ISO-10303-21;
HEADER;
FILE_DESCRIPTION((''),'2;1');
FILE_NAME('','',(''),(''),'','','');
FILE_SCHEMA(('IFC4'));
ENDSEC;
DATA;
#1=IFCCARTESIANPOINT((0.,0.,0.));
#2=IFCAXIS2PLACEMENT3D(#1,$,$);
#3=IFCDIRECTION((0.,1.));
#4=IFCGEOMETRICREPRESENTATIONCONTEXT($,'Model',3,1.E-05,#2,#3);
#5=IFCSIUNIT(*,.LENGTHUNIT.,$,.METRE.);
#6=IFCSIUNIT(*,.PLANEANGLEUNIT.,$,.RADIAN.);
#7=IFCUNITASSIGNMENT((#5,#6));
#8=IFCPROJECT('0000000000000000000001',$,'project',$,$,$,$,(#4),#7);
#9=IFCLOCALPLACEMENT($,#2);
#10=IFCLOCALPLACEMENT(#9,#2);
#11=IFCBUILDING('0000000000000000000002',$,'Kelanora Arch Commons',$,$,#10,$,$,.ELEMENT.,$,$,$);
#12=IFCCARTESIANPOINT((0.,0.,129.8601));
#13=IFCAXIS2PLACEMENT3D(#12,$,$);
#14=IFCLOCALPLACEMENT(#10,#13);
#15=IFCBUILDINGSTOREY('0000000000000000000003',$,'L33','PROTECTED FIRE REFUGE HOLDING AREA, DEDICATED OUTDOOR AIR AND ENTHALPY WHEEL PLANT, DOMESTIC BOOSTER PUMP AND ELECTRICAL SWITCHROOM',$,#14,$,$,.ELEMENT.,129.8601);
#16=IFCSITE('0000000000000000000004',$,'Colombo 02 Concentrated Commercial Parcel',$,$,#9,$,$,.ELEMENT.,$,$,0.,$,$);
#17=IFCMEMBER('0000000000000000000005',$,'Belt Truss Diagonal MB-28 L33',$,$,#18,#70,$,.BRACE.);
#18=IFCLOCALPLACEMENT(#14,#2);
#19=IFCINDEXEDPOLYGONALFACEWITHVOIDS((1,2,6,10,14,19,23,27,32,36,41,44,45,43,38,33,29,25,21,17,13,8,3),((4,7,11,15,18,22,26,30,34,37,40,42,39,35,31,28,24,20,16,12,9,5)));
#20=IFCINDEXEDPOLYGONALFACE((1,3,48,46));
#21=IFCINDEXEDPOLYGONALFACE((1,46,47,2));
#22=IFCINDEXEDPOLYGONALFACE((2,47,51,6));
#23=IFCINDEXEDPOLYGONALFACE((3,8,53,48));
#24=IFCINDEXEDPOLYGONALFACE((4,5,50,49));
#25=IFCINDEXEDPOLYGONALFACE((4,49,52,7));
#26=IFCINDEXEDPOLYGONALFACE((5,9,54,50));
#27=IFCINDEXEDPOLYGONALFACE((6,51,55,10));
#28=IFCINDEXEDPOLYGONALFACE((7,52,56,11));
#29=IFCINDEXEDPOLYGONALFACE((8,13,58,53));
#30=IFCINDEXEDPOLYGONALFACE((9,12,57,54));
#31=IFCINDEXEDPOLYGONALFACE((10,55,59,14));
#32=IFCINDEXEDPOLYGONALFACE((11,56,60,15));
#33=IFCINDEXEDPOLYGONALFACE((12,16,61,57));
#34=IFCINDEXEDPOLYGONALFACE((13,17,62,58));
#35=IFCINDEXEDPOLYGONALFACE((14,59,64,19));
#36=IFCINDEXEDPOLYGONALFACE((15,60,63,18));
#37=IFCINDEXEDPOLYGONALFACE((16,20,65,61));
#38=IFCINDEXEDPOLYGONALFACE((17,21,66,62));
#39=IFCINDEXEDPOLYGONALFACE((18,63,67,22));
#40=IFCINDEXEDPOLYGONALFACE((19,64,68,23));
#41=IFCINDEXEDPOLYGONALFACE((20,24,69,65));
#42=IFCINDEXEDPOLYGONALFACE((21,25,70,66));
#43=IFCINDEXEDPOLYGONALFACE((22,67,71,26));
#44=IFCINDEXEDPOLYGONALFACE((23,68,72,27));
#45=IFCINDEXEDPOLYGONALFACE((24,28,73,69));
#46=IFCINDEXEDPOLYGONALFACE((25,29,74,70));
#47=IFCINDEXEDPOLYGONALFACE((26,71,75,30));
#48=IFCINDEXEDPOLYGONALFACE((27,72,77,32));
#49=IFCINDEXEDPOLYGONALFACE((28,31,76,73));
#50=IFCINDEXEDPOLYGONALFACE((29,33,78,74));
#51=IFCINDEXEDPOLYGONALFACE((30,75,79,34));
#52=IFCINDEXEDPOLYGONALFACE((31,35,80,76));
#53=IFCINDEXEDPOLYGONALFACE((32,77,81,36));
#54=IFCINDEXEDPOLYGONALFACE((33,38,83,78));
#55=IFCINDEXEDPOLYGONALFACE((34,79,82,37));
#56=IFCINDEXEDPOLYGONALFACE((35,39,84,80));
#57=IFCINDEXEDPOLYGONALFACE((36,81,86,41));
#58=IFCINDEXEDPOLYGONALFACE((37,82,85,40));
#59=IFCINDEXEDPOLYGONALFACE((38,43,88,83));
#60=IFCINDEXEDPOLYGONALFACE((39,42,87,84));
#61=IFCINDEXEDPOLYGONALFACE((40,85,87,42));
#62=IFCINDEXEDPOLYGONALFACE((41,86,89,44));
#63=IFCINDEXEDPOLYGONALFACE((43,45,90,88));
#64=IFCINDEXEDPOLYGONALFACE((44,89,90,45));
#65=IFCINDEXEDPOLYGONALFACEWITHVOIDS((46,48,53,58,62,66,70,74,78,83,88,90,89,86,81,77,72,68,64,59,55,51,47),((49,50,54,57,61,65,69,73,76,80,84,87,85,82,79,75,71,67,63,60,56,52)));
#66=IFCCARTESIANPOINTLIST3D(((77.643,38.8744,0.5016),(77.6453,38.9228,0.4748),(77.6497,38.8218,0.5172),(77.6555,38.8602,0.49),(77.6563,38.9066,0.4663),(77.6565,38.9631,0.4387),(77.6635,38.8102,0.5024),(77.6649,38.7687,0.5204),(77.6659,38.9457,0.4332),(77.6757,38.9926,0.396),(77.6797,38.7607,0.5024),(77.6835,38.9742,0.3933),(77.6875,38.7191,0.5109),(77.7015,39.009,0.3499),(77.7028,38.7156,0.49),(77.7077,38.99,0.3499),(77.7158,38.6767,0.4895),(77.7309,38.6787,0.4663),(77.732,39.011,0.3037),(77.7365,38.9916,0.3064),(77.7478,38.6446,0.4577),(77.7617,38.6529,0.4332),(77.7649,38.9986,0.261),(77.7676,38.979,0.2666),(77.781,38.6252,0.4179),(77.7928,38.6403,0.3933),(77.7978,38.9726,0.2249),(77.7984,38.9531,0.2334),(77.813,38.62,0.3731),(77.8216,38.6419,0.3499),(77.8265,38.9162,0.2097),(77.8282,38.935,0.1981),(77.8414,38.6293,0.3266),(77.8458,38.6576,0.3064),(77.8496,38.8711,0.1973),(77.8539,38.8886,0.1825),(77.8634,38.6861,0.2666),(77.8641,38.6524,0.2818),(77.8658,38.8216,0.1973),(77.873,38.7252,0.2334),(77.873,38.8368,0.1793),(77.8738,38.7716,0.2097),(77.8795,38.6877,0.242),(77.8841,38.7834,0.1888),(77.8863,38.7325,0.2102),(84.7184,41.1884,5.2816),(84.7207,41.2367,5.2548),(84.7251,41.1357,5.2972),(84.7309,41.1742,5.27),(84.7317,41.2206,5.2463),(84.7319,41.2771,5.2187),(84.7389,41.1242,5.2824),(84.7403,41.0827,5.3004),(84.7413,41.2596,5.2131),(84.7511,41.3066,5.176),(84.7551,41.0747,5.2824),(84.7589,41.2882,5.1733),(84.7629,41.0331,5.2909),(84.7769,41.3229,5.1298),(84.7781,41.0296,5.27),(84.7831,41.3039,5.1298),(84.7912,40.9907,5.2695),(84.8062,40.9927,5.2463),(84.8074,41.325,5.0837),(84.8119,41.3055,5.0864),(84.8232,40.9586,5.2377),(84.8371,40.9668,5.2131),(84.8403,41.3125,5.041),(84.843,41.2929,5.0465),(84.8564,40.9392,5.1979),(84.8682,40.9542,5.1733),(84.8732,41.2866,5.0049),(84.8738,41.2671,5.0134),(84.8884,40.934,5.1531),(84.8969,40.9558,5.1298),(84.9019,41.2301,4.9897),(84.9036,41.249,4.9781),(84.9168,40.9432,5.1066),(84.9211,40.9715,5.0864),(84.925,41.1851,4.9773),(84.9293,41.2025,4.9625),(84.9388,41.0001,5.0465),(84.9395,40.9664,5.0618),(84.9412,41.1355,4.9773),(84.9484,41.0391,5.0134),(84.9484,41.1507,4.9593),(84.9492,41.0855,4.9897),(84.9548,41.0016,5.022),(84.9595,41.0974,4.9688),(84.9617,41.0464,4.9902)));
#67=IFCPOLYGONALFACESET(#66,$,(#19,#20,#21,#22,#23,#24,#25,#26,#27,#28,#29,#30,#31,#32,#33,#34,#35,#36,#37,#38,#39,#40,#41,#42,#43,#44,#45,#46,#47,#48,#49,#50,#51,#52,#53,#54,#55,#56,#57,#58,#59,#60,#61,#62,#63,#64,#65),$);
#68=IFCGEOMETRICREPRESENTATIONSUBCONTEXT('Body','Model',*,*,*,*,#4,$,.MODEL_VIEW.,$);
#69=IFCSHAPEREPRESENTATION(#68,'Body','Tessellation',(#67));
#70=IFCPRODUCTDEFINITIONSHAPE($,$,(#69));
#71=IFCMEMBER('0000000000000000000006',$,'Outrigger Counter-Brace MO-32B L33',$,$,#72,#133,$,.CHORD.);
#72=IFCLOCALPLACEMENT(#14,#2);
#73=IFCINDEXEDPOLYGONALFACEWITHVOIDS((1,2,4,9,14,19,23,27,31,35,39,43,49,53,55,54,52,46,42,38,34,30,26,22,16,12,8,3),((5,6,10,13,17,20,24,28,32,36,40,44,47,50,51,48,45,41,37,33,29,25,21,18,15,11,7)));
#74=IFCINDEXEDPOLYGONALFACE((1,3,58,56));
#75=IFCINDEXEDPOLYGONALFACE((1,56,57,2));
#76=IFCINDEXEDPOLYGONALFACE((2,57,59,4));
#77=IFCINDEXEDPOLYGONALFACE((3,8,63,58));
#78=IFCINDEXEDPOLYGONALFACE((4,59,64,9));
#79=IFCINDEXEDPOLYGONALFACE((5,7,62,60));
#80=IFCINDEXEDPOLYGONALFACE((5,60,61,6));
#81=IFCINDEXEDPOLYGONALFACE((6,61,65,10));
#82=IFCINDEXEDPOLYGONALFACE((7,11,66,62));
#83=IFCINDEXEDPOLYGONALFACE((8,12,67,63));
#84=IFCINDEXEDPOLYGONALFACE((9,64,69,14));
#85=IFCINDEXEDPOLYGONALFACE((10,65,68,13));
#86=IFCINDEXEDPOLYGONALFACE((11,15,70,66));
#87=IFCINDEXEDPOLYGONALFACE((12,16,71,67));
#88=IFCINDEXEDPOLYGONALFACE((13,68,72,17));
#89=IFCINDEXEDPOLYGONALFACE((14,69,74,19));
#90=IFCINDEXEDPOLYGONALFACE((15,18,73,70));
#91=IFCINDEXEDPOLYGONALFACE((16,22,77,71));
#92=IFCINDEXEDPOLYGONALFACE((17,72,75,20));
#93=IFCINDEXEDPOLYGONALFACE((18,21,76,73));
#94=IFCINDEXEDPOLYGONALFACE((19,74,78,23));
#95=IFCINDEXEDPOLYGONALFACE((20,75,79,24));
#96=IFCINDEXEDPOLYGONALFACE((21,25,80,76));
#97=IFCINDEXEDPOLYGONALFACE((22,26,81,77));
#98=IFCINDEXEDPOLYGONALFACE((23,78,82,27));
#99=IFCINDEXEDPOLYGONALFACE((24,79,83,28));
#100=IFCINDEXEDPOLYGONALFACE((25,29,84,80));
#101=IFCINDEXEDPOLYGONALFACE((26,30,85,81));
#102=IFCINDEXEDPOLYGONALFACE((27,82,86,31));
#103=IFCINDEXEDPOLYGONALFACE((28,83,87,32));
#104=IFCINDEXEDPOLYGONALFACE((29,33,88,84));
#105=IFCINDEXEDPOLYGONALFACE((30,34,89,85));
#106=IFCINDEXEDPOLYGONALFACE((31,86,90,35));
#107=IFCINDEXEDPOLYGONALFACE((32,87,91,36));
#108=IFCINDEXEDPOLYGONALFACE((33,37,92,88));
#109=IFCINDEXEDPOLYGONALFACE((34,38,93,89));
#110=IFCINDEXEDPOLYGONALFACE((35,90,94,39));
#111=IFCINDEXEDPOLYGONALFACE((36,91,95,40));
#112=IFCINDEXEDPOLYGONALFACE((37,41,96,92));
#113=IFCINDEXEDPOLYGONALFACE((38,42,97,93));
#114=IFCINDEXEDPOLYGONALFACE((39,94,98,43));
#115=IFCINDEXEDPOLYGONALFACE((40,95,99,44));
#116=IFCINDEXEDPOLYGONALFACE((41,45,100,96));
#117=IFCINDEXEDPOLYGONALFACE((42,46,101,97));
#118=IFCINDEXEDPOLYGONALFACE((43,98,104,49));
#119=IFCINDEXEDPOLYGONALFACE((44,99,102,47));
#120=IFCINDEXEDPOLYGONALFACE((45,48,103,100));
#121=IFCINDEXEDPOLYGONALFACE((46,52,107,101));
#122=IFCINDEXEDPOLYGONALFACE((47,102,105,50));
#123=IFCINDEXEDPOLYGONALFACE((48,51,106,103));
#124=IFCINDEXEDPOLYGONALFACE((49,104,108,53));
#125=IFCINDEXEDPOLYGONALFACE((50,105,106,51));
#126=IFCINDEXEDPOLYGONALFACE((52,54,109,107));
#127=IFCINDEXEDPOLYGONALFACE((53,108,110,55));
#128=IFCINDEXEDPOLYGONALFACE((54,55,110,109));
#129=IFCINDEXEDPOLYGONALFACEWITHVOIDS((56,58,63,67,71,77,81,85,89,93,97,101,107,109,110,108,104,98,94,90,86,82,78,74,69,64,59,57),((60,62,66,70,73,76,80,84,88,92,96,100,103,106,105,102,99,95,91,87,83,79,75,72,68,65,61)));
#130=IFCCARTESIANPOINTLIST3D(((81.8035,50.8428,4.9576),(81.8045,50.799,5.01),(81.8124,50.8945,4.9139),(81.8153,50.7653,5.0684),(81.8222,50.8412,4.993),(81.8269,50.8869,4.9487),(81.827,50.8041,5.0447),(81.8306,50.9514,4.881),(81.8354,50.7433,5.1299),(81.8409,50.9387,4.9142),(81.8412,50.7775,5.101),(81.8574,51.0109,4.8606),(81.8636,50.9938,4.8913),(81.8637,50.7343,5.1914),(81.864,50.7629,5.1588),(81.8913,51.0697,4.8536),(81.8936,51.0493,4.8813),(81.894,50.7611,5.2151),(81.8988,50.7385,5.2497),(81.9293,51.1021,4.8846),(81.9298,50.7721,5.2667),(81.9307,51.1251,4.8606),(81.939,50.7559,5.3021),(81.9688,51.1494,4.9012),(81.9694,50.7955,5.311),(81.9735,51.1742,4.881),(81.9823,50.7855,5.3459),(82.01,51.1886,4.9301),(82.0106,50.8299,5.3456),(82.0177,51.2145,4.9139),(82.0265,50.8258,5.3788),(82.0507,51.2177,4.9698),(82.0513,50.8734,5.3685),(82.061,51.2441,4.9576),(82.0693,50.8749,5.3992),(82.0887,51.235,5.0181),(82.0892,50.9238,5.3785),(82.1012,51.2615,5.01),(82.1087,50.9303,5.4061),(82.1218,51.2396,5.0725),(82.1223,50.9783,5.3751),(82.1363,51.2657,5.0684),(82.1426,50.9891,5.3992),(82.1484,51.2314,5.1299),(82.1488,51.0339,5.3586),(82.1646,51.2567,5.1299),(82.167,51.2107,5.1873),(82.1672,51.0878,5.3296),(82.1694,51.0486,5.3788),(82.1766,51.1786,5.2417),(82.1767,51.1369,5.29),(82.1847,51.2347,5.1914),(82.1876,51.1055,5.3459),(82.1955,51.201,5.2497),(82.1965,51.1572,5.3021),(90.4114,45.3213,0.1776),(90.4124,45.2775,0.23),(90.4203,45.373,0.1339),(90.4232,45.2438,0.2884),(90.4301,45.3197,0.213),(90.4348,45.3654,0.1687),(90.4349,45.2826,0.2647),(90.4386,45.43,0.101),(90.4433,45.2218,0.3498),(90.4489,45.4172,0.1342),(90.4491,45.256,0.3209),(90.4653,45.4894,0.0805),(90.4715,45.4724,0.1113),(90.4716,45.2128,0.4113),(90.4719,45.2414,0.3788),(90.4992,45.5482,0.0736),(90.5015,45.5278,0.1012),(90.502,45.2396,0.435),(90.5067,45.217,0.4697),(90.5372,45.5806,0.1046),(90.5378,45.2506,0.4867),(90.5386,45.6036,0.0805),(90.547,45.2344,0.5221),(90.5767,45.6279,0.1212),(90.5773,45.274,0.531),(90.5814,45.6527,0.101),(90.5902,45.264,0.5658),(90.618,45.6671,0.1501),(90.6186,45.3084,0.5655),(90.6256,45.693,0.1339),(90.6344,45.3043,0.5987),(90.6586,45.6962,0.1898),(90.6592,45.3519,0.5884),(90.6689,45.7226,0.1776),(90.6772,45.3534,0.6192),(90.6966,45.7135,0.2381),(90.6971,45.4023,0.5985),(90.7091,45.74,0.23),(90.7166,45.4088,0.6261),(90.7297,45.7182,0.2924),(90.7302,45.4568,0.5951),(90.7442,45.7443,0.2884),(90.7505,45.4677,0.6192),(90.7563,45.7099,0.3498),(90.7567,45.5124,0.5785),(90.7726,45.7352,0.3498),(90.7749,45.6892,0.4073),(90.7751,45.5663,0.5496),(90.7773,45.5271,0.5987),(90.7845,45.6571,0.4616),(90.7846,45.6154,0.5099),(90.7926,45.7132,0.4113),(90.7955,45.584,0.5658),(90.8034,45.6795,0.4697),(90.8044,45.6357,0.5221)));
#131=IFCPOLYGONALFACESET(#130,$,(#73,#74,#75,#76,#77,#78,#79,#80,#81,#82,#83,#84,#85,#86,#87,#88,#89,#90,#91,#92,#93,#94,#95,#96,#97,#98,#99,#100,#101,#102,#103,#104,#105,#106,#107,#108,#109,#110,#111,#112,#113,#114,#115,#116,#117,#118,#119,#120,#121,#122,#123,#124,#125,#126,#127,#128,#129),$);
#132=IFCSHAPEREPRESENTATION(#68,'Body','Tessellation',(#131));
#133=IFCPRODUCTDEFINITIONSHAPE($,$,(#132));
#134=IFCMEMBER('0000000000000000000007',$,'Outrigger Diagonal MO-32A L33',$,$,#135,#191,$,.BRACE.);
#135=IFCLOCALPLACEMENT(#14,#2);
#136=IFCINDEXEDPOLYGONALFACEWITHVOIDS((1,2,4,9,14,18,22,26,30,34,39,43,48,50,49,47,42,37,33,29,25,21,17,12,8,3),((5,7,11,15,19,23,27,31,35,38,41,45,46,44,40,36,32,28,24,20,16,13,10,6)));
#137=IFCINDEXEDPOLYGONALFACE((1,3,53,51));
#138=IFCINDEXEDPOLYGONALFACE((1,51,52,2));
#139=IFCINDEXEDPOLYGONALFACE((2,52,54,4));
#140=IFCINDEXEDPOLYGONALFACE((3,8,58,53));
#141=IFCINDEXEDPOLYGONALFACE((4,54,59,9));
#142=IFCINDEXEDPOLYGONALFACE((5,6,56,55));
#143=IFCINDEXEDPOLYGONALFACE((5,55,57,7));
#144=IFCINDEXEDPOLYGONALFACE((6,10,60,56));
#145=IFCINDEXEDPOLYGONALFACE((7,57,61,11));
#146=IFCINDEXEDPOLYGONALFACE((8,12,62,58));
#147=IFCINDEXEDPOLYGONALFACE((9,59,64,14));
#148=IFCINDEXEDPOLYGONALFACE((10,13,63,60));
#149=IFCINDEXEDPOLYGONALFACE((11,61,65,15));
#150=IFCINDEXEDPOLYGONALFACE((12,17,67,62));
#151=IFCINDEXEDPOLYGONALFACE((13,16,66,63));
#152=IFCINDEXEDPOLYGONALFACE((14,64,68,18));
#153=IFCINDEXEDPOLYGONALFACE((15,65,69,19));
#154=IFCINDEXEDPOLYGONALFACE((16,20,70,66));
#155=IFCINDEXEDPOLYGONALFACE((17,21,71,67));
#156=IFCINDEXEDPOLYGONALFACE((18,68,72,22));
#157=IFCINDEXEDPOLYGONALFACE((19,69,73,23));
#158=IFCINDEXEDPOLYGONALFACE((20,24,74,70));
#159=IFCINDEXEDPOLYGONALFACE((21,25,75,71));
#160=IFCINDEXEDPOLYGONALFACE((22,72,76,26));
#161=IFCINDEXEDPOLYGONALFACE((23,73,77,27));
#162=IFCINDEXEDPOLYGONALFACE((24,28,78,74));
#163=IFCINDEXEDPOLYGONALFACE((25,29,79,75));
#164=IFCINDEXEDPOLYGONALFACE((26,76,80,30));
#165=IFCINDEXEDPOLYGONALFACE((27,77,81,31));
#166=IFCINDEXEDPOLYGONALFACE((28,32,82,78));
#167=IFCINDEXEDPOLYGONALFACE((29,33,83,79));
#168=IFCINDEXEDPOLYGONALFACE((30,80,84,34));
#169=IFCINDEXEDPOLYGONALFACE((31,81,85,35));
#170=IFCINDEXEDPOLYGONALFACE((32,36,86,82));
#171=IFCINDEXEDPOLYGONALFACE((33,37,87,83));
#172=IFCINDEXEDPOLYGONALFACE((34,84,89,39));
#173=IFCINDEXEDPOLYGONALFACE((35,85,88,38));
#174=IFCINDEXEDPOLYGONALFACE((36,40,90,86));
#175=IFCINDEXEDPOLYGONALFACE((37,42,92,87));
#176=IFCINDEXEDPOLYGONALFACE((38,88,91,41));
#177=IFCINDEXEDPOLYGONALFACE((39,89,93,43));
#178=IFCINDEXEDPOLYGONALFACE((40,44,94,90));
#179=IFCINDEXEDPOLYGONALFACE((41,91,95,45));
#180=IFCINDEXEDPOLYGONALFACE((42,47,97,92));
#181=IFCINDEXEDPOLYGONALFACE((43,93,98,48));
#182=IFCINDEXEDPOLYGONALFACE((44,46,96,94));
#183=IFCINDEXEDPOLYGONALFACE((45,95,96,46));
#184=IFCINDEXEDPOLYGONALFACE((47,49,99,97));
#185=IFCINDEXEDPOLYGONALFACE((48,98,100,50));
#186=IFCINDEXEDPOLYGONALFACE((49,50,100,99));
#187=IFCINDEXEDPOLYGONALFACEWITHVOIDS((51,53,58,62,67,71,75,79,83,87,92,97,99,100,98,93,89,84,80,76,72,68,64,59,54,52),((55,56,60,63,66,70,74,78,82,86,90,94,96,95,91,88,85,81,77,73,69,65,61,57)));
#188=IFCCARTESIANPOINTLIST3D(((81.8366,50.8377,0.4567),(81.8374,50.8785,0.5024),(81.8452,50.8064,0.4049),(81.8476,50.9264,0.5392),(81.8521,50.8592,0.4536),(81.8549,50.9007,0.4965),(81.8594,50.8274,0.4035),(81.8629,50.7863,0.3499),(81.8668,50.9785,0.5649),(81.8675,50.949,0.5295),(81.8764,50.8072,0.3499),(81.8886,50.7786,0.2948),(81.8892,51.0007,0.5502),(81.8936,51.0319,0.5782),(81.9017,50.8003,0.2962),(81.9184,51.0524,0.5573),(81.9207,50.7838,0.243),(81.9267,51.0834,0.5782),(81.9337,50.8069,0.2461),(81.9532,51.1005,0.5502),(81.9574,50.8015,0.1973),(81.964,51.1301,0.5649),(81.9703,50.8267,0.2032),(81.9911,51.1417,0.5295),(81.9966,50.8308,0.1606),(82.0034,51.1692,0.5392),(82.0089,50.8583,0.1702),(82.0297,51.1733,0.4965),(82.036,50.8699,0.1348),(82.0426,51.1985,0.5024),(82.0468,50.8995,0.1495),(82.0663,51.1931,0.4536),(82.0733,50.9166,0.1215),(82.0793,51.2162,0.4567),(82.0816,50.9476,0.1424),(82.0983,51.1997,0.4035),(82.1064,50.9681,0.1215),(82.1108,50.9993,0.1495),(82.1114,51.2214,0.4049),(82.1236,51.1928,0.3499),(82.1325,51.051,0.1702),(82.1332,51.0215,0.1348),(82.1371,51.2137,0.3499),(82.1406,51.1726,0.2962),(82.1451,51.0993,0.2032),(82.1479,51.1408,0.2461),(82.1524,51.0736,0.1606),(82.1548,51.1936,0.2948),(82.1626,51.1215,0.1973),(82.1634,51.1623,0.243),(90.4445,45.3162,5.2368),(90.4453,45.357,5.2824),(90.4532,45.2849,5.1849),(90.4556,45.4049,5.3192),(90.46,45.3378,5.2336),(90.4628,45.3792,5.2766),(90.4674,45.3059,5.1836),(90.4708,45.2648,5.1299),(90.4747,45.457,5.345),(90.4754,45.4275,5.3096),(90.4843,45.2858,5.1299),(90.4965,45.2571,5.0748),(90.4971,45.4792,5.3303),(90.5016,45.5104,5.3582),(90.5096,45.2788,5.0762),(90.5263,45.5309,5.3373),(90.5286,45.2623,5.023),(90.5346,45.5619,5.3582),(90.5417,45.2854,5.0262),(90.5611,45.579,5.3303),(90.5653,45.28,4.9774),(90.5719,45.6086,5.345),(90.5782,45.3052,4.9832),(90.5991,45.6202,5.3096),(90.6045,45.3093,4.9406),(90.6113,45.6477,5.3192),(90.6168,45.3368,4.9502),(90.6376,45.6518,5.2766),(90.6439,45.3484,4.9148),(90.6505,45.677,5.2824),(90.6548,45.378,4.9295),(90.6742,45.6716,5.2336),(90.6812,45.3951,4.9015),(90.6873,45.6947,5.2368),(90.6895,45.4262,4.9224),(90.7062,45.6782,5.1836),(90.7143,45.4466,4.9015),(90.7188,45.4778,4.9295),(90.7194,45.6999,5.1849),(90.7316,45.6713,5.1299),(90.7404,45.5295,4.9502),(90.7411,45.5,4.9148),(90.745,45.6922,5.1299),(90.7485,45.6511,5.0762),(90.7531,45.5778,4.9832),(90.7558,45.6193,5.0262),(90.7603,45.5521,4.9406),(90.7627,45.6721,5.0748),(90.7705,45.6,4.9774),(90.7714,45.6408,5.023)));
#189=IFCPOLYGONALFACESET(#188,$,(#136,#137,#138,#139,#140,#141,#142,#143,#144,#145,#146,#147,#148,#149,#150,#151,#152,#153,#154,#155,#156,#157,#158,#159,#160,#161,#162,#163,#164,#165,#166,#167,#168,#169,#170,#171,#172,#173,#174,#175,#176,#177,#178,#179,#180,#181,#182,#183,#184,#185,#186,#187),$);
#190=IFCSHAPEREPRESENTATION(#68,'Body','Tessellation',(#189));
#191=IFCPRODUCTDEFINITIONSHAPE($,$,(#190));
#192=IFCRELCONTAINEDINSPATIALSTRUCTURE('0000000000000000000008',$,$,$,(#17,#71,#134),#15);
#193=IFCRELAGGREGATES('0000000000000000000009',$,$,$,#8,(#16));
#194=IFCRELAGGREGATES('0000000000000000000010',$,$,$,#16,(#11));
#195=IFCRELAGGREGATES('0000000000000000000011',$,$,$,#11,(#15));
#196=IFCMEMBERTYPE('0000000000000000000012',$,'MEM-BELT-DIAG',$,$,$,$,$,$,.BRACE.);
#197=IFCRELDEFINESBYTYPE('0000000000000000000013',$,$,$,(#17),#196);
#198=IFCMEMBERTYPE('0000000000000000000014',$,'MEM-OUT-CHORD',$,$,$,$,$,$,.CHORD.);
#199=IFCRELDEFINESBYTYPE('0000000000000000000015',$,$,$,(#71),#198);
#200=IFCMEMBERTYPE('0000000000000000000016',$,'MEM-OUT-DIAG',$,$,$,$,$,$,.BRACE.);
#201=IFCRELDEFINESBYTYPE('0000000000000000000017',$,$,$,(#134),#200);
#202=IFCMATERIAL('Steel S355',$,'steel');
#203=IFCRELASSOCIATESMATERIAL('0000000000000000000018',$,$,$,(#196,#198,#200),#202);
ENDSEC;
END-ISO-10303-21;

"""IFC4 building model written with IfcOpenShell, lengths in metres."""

from ifc_helpers import new_model, si_unit, direction, frame, origin, origin_2d, place, context, subcontext, project, spatial, hollow_circle, extrude, material, material_profile, profile_set, type_object, element, save


model = new_model("IFC4")

# Units and contexts
model_context = context("Model", 3, precision=1e-05, world=origin(), true_north=direction((0.0, 1.0)))
body_context = subcontext(model_context, "Body", "Model", "MODEL_VIEW")
ifc_project = project(units=[si_unit("LENGTHUNIT", "METRE"), si_unit("PLANEANGLEUNIT", "RADIAN")], contexts=[model_context])

# Site, building, storey
site_placement = place(None, origin())
site = spatial("IfcSite", under=ifc_project, at=site_placement, Name="Colombo 02 Concentrated Commercial Parcel", CompositionType="ELEMENT", RefElevation=0.0)
building_placement = place(site_placement, origin())
building = spatial("IfcBuilding", under=site, at=building_placement, Name="Kelanora Arch Commons", CompositionType="ELEMENT")
storey_placement = place(building_placement, frame((0.0, 0.0, 129.8601)))
storey = spatial("IfcBuildingStorey", under=building, at=storey_placement, Name="L33", Description="PROTECTED FIRE REFUGE HOLDING AREA, DEDICATED OUTDOOR AIR AND ENTHALPY WHEEL PLANT, DOMESTIC BOOSTER PUMP AND ELECTRICAL SWITCHROOM", CompositionType="ELEMENT", Elevation=129.8601)

# Shared definitions
ifc_material_1 = material(Name="Steel S355", Category="steel")

# Members
ifc_material_profile_1 = material_profile(ifc_material_1, hollow_circle(Radius=0.2031, WallThickness=0.02, at=origin_2d()), Name="CHS406.4x20")
ifc_profile_set_1 = profile_set([ifc_material_profile_1], Name="Steel S355")
member_type_1 = type_object("IfcMemberType", Name="MEM-BELT-DIAG", PredefinedType="BRACE", material=ifc_profile_set_1)
member_1_placement = place(storey_placement, frame((77.7646, 38.8159, 0.3499), z_axis=(0.799779, 0.261561, 0.540315), x_axis=(-0.310841, 0.950462, 0.0)))
element("IfcMember", 1, at=member_1_placement, inside=storey, type_object=member_type_1, Name="Belt Truss Diagonal MB-28 L33", PredefinedType="BRACE", context=body_context, shape_type="SweptSolid", body=[
    extrude(hollow_circle(Radius=0.2031, WallThickness=0.02, at=origin_2d()), origin(), (0.0, 0.0, 1.0), 8.8467),
])
ifc_material_profile_2 = material_profile(ifc_material_1, hollow_circle(Radius=0.3049, WallThickness=0.03, at=origin_2d()), Name="CHS610x30")
ifc_profile_set_2 = profile_set([ifc_material_profile_2], Name="Steel S355")
member_type_2 = type_object("IfcMemberType", Name="MEM-OUT-CHORD", PredefinedType="CHORD", material=ifc_profile_set_2)
member_2_placement = place(storey_placement, frame((82.0, 51.0, 5.1299), z_axis=(0.762534, -0.489122, -0.42344), x_axis=(0.539915, 0.841719, 0.0)))
element("IfcMember", 2, at=member_2_placement, inside=storey, type_object=member_type_2, Name="Outrigger Counter-Brace MO-32B L33", PredefinedType="CHORD", context=body_context, shape_type="SweptSolid", body=[
    extrude(hollow_circle(Radius=0.3049, WallThickness=0.03, at=origin_2d()), origin(), (0.0, 0.0, 1.0), 11.2886),
])
ifc_material_profile_3 = material_profile(ifc_material_1, hollow_circle(Radius=0.2539, WallThickness=0.0249, at=origin_2d()), Name="CHS508x25")
ifc_profile_set_3 = profile_set([ifc_material_profile_3], Name="Steel S355")
member_type_3 = type_object("IfcMemberType", Name="MEM-OUT-DIAG", PredefinedType="BRACE", material=ifc_profile_set_3)
member_3_placement = place(storey_placement, frame((82.0, 51.0, 0.3499), z_axis=(0.762534, -0.489122, 0.42344), x_axis=(0.539915, 0.841719, 0.0)))
element("IfcMember", 3, at=member_3_placement, inside=storey, type_object=member_type_3, Name="Outrigger Diagonal MO-32A L33", PredefinedType="BRACE", context=body_context, shape_type="SweptSolid", body=[
    extrude(hollow_circle(Radius=0.2539, WallThickness=0.0249, at=origin_2d()), origin(), (0.0, 0.0, 1.0), 11.2886),
])

save(model, "model.ifc")
